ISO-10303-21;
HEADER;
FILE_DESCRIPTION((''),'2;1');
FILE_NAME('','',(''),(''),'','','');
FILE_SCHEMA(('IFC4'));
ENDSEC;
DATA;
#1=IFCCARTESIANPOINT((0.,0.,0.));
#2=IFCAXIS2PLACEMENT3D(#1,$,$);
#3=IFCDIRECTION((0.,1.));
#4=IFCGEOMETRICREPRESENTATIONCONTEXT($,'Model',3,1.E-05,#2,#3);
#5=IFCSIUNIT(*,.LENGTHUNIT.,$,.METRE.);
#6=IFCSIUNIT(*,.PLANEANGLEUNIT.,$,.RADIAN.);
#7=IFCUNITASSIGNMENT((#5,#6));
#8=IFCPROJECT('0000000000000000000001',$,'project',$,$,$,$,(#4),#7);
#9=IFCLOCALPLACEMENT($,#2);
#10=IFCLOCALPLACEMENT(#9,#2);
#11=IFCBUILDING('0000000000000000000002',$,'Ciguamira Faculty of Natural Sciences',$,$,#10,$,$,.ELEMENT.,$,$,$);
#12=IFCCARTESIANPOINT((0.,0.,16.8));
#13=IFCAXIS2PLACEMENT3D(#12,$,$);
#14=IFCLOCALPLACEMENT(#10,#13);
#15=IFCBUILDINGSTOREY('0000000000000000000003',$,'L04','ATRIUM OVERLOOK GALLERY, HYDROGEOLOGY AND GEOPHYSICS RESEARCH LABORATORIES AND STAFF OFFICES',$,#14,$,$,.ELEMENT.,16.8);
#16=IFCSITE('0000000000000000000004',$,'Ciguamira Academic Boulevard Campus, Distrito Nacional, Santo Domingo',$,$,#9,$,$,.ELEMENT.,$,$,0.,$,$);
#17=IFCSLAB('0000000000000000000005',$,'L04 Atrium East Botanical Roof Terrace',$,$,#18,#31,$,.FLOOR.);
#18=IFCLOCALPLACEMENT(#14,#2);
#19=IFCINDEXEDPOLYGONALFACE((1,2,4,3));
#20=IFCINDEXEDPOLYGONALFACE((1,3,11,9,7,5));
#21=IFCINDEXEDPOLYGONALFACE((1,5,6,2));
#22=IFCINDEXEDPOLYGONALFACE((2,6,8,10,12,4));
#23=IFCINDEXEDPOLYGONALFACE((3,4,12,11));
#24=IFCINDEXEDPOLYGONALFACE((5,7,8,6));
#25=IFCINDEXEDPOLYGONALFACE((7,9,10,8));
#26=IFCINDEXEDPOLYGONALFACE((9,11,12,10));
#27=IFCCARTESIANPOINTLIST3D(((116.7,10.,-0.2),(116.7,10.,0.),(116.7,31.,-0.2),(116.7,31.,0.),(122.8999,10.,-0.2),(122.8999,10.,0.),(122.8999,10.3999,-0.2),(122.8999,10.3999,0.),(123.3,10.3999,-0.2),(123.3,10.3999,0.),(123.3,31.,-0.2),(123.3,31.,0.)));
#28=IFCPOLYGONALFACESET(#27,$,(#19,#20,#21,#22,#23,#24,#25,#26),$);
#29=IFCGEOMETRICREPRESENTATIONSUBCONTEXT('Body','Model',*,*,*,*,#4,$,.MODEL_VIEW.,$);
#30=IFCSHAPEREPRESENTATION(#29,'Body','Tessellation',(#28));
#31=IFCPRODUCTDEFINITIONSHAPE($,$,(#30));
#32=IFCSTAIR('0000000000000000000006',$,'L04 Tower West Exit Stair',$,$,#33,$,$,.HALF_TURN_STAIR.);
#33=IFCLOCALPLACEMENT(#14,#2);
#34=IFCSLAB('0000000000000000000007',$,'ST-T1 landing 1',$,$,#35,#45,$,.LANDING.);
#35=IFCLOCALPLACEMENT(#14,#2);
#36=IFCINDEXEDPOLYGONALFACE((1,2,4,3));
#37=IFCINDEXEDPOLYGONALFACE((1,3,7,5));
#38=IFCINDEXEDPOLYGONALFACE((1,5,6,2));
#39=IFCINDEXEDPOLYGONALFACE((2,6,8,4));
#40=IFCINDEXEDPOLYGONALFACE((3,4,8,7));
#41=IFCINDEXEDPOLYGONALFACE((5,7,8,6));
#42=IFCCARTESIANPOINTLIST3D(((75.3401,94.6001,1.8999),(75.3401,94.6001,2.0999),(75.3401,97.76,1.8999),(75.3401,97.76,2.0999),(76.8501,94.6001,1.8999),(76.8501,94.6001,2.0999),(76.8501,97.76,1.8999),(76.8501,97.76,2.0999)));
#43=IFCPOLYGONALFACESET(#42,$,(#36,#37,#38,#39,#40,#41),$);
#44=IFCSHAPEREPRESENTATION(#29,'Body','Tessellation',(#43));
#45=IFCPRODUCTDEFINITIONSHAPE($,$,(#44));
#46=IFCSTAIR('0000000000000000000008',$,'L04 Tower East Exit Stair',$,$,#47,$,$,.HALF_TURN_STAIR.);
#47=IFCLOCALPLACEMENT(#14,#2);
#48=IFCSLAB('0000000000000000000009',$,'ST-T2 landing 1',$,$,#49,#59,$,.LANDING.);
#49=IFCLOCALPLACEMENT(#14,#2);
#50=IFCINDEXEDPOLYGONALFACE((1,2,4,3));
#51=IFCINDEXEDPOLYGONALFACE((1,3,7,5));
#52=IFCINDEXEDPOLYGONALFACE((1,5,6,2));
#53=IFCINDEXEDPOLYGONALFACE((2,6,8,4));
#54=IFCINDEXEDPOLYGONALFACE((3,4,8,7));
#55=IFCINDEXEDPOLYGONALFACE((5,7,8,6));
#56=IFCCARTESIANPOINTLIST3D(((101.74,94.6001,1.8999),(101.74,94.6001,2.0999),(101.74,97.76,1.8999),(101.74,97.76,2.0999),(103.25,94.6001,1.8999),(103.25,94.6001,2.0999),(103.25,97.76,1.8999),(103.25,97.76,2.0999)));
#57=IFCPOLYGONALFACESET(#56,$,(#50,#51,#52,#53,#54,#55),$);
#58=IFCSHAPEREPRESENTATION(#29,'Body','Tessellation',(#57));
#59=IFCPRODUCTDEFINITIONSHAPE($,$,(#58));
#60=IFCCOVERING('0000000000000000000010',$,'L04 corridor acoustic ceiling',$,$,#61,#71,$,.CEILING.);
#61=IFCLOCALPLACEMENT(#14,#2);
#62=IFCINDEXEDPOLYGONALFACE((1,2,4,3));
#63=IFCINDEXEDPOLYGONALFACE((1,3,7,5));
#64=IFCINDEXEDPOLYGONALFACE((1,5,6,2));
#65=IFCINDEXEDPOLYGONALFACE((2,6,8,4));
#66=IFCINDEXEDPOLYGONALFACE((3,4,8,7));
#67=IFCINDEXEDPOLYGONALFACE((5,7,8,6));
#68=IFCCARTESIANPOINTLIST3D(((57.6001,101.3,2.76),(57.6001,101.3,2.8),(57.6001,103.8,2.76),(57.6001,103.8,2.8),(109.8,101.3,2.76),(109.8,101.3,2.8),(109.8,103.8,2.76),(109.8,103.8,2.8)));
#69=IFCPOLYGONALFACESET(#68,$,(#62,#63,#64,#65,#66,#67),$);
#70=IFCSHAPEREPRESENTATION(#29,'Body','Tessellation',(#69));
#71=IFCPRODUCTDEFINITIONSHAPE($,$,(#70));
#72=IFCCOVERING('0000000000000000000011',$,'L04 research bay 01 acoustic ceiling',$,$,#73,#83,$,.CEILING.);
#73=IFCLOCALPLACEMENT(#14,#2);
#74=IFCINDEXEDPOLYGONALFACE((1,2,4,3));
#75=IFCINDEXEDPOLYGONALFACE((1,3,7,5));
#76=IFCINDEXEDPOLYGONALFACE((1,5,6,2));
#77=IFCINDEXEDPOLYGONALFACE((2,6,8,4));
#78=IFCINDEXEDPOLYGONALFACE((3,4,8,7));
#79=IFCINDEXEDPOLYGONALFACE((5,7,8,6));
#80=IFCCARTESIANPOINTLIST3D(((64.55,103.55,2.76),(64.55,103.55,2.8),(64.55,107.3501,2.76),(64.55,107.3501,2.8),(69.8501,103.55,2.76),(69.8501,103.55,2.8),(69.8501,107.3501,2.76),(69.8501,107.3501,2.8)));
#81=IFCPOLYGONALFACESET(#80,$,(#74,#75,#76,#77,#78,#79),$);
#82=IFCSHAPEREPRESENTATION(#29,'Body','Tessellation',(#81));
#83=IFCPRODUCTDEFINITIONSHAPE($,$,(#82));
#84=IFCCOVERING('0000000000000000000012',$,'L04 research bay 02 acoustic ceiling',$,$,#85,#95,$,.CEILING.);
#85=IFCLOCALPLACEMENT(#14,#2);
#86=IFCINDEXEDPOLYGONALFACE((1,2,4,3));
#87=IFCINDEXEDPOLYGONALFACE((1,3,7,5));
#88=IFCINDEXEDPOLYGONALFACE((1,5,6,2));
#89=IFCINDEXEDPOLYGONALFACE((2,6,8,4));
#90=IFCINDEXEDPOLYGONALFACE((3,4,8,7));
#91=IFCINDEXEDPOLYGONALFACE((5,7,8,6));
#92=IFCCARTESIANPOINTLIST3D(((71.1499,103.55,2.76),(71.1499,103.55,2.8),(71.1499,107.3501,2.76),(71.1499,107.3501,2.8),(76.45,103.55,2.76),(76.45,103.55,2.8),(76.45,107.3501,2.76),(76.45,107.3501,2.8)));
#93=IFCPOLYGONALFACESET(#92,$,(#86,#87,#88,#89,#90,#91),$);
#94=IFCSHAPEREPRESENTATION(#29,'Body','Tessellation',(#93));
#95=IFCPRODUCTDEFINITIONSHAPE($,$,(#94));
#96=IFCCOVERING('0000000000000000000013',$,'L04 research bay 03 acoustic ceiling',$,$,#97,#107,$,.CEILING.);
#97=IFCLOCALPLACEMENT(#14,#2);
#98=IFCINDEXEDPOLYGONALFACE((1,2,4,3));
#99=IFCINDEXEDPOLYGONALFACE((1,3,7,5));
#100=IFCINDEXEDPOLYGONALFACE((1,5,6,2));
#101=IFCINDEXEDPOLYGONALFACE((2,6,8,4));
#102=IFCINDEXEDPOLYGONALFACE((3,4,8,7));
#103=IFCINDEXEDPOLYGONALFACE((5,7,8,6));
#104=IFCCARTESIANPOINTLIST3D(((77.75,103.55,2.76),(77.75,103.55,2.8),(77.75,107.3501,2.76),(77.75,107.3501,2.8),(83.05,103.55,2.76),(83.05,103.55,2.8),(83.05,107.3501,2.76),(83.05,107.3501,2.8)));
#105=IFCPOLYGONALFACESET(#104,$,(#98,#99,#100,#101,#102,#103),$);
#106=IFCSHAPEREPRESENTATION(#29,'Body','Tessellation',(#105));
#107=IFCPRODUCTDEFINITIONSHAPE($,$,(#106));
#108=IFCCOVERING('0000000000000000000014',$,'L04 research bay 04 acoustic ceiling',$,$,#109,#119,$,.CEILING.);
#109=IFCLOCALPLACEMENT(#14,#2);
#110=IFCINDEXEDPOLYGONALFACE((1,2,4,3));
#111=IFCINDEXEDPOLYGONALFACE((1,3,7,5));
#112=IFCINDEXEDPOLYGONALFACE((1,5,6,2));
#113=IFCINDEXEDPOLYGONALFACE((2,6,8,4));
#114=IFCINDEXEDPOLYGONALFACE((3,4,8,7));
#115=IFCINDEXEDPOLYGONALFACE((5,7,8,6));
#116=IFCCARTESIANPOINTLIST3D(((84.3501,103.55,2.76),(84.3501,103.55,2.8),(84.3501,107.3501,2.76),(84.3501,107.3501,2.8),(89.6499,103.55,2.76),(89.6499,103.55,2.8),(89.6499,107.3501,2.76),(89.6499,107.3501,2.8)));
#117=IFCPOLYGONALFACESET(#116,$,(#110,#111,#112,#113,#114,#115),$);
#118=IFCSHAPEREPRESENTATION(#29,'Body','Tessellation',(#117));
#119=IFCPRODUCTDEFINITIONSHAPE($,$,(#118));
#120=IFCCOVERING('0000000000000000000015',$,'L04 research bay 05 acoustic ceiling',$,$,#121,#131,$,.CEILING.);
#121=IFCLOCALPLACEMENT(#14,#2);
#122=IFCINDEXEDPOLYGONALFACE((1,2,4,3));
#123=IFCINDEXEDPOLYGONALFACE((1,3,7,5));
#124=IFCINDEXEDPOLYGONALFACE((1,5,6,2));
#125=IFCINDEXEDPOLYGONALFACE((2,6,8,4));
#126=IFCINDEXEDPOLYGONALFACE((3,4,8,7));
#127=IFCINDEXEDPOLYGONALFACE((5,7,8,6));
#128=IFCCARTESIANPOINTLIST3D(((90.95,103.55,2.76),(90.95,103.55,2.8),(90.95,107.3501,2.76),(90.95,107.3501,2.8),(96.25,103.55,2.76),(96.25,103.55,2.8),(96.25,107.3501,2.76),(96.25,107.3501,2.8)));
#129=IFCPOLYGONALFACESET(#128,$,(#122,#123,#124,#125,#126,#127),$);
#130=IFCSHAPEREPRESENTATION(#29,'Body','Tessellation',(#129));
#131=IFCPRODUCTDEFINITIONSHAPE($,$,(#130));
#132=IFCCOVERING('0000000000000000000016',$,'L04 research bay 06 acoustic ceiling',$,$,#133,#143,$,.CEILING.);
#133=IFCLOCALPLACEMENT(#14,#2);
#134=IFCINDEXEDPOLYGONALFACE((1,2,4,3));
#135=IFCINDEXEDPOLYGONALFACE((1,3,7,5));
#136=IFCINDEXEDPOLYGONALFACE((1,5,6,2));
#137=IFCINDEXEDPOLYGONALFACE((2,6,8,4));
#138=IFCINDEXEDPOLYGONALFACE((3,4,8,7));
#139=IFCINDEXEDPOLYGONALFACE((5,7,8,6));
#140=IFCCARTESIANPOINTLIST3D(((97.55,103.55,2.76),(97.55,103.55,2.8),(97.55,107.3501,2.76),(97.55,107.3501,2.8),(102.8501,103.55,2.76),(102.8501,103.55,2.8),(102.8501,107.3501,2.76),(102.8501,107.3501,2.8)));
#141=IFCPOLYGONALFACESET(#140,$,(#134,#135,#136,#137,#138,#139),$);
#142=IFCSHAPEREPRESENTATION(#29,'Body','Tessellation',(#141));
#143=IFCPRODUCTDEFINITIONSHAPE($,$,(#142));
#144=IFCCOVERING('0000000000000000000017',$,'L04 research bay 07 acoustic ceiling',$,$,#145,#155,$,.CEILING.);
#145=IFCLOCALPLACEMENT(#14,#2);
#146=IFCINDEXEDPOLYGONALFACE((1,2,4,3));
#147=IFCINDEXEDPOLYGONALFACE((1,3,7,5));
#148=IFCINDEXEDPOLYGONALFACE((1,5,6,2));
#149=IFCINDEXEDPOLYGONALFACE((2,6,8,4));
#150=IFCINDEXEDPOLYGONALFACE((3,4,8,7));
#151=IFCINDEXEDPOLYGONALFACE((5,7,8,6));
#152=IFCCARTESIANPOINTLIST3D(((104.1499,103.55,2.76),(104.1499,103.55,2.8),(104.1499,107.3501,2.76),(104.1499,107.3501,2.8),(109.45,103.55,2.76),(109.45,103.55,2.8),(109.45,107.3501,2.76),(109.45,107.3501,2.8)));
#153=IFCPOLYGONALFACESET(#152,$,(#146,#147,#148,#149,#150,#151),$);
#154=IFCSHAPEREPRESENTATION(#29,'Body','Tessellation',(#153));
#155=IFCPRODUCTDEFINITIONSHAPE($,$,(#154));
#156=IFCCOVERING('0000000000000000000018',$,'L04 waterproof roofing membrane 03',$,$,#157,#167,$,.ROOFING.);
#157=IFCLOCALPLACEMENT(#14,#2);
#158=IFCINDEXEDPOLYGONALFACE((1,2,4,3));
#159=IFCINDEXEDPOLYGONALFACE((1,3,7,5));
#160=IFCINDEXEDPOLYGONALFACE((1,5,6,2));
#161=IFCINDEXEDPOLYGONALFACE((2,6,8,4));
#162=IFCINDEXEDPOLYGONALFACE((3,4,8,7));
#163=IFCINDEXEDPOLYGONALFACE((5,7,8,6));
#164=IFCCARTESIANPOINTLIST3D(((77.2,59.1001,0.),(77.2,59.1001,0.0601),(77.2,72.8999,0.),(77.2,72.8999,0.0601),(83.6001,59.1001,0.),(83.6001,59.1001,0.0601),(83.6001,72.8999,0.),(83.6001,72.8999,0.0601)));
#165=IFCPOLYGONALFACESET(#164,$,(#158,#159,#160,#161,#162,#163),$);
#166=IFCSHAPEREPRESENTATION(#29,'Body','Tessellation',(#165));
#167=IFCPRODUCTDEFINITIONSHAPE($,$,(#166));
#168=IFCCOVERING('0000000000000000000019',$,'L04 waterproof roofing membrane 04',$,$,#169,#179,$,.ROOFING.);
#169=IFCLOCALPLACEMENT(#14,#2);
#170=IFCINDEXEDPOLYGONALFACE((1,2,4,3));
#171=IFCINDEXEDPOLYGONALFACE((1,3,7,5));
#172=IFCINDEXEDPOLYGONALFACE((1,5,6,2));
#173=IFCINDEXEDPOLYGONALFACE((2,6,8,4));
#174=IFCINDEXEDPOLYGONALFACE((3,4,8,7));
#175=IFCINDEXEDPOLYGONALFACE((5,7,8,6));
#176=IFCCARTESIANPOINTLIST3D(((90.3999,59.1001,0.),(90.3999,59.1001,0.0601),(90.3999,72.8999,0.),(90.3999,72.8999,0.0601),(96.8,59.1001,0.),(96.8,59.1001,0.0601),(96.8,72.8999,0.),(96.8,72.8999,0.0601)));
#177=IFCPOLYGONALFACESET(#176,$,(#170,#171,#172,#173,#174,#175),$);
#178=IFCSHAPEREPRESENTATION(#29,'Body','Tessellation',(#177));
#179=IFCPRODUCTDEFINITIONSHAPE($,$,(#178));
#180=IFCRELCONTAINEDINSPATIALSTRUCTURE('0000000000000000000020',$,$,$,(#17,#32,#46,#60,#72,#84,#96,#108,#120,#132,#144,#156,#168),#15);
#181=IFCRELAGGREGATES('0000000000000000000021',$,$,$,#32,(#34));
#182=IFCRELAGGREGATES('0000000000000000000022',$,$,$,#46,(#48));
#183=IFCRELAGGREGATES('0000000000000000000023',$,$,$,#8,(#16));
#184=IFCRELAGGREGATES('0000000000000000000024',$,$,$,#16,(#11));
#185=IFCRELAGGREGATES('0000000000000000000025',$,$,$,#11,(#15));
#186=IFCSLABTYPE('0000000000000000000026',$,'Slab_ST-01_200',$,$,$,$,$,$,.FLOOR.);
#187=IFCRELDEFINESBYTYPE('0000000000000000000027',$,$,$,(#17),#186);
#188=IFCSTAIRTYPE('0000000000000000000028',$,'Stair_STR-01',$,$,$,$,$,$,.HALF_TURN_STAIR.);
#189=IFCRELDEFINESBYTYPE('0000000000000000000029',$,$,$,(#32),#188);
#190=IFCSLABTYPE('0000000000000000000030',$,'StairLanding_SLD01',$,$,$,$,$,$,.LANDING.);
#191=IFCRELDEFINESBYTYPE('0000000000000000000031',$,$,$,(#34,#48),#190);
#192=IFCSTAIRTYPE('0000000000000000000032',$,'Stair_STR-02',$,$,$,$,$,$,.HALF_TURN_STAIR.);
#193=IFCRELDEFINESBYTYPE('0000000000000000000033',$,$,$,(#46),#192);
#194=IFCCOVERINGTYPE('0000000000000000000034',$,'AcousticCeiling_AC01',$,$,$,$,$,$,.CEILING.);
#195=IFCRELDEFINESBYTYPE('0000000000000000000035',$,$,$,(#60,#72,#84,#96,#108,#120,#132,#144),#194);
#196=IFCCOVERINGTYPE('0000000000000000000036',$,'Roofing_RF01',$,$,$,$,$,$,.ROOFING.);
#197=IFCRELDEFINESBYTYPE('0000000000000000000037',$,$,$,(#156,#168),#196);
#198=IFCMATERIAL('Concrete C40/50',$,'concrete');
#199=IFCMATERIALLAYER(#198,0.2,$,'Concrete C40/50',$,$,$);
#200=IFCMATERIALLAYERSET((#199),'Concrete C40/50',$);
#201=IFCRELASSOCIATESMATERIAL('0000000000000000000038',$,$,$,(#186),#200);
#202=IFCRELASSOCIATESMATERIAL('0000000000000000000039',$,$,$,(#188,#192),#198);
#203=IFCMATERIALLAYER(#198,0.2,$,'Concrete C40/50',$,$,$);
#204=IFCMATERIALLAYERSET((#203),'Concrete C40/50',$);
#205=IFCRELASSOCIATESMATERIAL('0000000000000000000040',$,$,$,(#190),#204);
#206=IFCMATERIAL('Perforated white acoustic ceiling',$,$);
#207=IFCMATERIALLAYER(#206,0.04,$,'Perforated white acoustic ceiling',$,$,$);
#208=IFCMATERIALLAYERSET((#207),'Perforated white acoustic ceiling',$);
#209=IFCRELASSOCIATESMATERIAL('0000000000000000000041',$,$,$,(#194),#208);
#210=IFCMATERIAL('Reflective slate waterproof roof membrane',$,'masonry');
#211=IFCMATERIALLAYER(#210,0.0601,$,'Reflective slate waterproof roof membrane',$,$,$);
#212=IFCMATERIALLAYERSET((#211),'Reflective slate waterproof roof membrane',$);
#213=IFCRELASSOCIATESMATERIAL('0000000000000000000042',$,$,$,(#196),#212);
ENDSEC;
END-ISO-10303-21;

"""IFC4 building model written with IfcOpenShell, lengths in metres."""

from ifc_helpers import new_model, si_unit, direction, frame, origin, place, context, subcontext, project, spatial, polyline, outline, extrude, material, layer, layer_set, type_object, element, aggregate, save


model = new_model("IFC4")

# Units and contexts
model_context = context("Model", 3, precision=1e-05, world=origin(), true_north=direction((0.0, 1.0)))
body_context = subcontext(model_context, "Body", "Model", "MODEL_VIEW")
ifc_project = project(units=[si_unit("LENGTHUNIT", "METRE"), si_unit("PLANEANGLEUNIT", "RADIAN")], contexts=[model_context])

# Site, building, storey
site_placement = place(None, origin())
site = spatial("IfcSite", under=ifc_project, at=site_placement, Name="Ciguamira Academic Boulevard Campus, Distrito Nacional, Santo Domingo", CompositionType="ELEMENT", RefElevation=0.0)
building_placement = place(site_placement, origin())
building = spatial("IfcBuilding", under=site, at=building_placement, Name="Ciguamira Faculty of Natural Sciences", CompositionType="ELEMENT")
storey_placement = place(building_placement, frame((0.0, 0.0, 16.8)))
storey = spatial("IfcBuildingStorey", under=building, at=storey_placement, Name="L04", Description="ATRIUM OVERLOOK GALLERY, HYDROGEOLOGY AND GEOPHYSICS RESEARCH LABORATORIES AND STAFF OFFICES", CompositionType="ELEMENT", Elevation=16.8)

# Shared definitions
ifc_material_1 = material(Name="Concrete C40/50", Category="concrete")

# Slab
ifc_layer_1 = layer(ifc_material_1, 0.2, Name="Concrete C40/50")
ifc_layer_set_1 = layer_set([ifc_layer_1], Name="Concrete C40/50")
slab_type_1 = type_object("IfcSlabType", Name="Slab_ST-01_200", PredefinedType="FLOOR", material=ifc_layer_set_1)
slab_1_placement = place(storey_placement, frame((0.0, 0.0, -0.2)))
element("IfcSlab", 1, at=slab_1_placement, inside=storey, type_object=slab_type_1, Name="L04 Atrium East Botanical Roof Terrace", PredefinedType="FLOOR", context=body_context, shape_type="SweptSolid", body=[
    extrude(outline(polyline([(116.7, 10.0), (122.8999, 10.0), (122.8999, 10.3999), (123.3, 10.3999), (123.3, 31.0), (116.7, 31.0), (116.7, 10.0)])), origin(), (0.0, 0.0, 1.0), 0.2),
])

# Stairs, slabs
stair_type_1 = type_object("IfcStairType", Name="Stair_STR-01", PredefinedType="HALF_TURN_STAIR", material=ifc_material_1)
stair_1_placement = place(storey_placement, origin())
stair_1 = element("IfcStair", 2, at=stair_1_placement, inside=storey, type_object=stair_type_1, Name="L04 Tower West Exit Stair", PredefinedType="HALF_TURN_STAIR")
ifc_layer_2 = layer(ifc_material_1, 0.2, Name="Concrete C40/50")
ifc_layer_set_2 = layer_set([ifc_layer_2], Name="Concrete C40/50")
slab_type_2 = type_object("IfcSlabType", Name="StairLanding_SLD01", PredefinedType="LANDING", material=ifc_layer_set_2)
slab_2_placement = place(storey_placement, frame((0.0, 0.0, 1.8999)))
slab_2 = element("IfcSlab", 3, at=slab_2_placement, type_object=slab_type_2, Name="ST-T1 landing 1", PredefinedType="LANDING", context=body_context, shape_type="SweptSolid", body=[
    extrude(outline(polyline([(75.3401, 94.6001), (76.8501, 94.6001), (76.8501, 97.76), (75.3401, 97.76), (75.3401, 94.6001)])), origin(), (0.0, 0.0, 1.0), 0.2),
])
aggregate(stair_1, [slab_2])
stair_type_2 = type_object("IfcStairType", Name="Stair_STR-02", PredefinedType="HALF_TURN_STAIR", material=ifc_material_1)
stair_2_placement = place(storey_placement, origin())
stair_2 = element("IfcStair", 4, at=stair_2_placement, inside=storey, type_object=stair_type_2, Name="L04 Tower East Exit Stair", PredefinedType="HALF_TURN_STAIR")
slab_3_placement = place(storey_placement, frame((0.0, 0.0, 1.8999)))
slab_3 = element("IfcSlab", 5, at=slab_3_placement, type_object=slab_type_2, Name="ST-T2 landing 1", PredefinedType="LANDING", context=body_context, shape_type="SweptSolid", body=[
    extrude(outline(polyline([(101.74, 94.6001), (103.25, 94.6001), (103.25, 97.76), (101.74, 97.76), (101.74, 94.6001)])), origin(), (0.0, 0.0, 1.0), 0.2),
])
aggregate(stair_2, [slab_3])

# Coverings
ifc_material_2 = material(Name="Perforated white acoustic ceiling")
ifc_layer_3 = layer(ifc_material_2, 0.04, Name="Perforated white acoustic ceiling")
ifc_layer_set_3 = layer_set([ifc_layer_3], Name="Perforated white acoustic ceiling")
covering_type_1 = type_object("IfcCoveringType", Name="AcousticCeiling_AC01", PredefinedType="CEILING", material=ifc_layer_set_3)
covering_1_placement = place(storey_placement, frame((0.0, 0.0, 2.76)))
element("IfcCovering", 6, at=covering_1_placement, inside=storey, type_object=covering_type_1, Name="L04 corridor acoustic ceiling", PredefinedType="CEILING", context=body_context, shape_type="SweptSolid", body=[
    extrude(outline(polyline([(57.6001, 101.3), (109.8, 101.3), (109.8, 103.8), (57.6001, 103.8), (57.6001, 101.3)])), origin(), (0.0, 0.0, 1.0), 0.04),
])
covering_2_placement = place(storey_placement, frame((0.0, 0.0, 2.76)))
element("IfcCovering", 7, at=covering_2_placement, inside=storey, type_object=covering_type_1, Name="L04 research bay 01 acoustic ceiling", PredefinedType="CEILING", context=body_context, shape_type="SweptSolid", body=[
    extrude(outline(polyline([(64.55, 103.55), (69.8501, 103.55), (69.8501, 107.3501), (64.55, 107.3501), (64.55, 103.55)])), origin(), (0.0, 0.0, 1.0), 0.04),
])
covering_3_placement = place(storey_placement, frame((0.0, 0.0, 2.76)))
element("IfcCovering", 8, at=covering_3_placement, inside=storey, type_object=covering_type_1, Name="L04 research bay 02 acoustic ceiling", PredefinedType="CEILING", context=body_context, shape_type="SweptSolid", body=[
    extrude(outline(polyline([(71.1499, 103.55), (76.45, 103.55), (76.45, 107.3501), (71.1499, 107.3501), (71.1499, 103.55)])), origin(), (0.0, 0.0, 1.0), 0.04),
])
covering_4_placement = place(storey_placement, frame((0.0, 0.0, 2.76)))
element("IfcCovering", 9, at=covering_4_placement, inside=storey, type_object=covering_type_1, Name="L04 research bay 03 acoustic ceiling", PredefinedType="CEILING", context=body_context, shape_type="SweptSolid", body=[
    extrude(outline(polyline([(77.75, 103.55), (83.05, 103.55), (83.05, 107.3501), (77.75, 107.3501), (77.75, 103.55)])), origin(), (0.0, 0.0, 1.0), 0.04),
])
covering_5_placement = place(storey_placement, frame((0.0, 0.0, 2.76)))
element("IfcCovering", 10, at=covering_5_placement, inside=storey, type_object=covering_type_1, Name="L04 research bay 04 acoustic ceiling", PredefinedType="CEILING", context=body_context, shape_type="SweptSolid", body=[
    extrude(outline(polyline([(84.3501, 103.55), (89.6499, 103.55), (89.6499, 107.3501), (84.3501, 107.3501), (84.3501, 103.55)])), origin(), (0.0, 0.0, 1.0), 0.04),
])
covering_6_placement = place(storey_placement, frame((0.0, 0.0, 2.76)))
element("IfcCovering", 11, at=covering_6_placement, inside=storey, type_object=covering_type_1, Name="L04 research bay 05 acoustic ceiling", PredefinedType="CEILING", context=body_context, shape_type="SweptSolid", body=[
    extrude(outline(polyline([(90.95, 103.55), (96.25, 103.55), (96.25, 107.3501), (90.95, 107.3501), (90.95, 103.55)])), origin(), (0.0, 0.0, 1.0), 0.04),
])
covering_7_placement = place(storey_placement, frame((0.0, 0.0, 2.76)))
element("IfcCovering", 12, at=covering_7_placement, inside=storey, type_object=covering_type_1, Name="L04 research bay 06 acoustic ceiling", PredefinedType="CEILING", context=body_context, shape_type="SweptSolid", body=[
    extrude(outline(polyline([(97.55, 103.55), (102.8501, 103.55), (102.8501, 107.3501), (97.55, 107.3501), (97.55, 103.55)])), origin(), (0.0, 0.0, 1.0), 0.04),
])
covering_8_placement = place(storey_placement, frame((0.0, 0.0, 2.76)))
element("IfcCovering", 13, at=covering_8_placement, inside=storey, type_object=covering_type_1, Name="L04 research bay 07 acoustic ceiling", PredefinedType="CEILING", context=body_context, shape_type="SweptSolid", body=[
    extrude(outline(polyline([(104.1499, 103.55), (109.45, 103.55), (109.45, 107.3501), (104.1499, 107.3501), (104.1499, 103.55)])), origin(), (0.0, 0.0, 1.0), 0.04),
])
ifc_material_3 = material(Name="Reflective slate waterproof roof membrane", Category="masonry")
ifc_layer_4 = layer(ifc_material_3, 0.0601, Name="Reflective slate waterproof roof membrane")
ifc_layer_set_4 = layer_set([ifc_layer_4], Name="Reflective slate waterproof roof membrane")
covering_type_2 = type_object("IfcCoveringType", Name="Roofing_RF01", PredefinedType="ROOFING", material=ifc_layer_set_4)
covering_9_placement = place(storey_placement, origin())
element("IfcCovering", 14, at=covering_9_placement, inside=storey, type_object=covering_type_2, Name="L04 waterproof roofing membrane 03", PredefinedType="ROOFING", context=body_context, shape_type="SweptSolid", body=[
    extrude(outline(polyline([(77.2, 59.1001), (83.6001, 59.1001), (83.6001, 72.8999), (77.2, 72.8999), (77.2, 59.1001)])), origin(), (0.0, 0.0, 1.0), 0.0601),
])
covering_10_placement = place(storey_placement, origin())
element("IfcCovering", 15, at=covering_10_placement, inside=storey, type_object=covering_type_2, Name="L04 waterproof roofing membrane 04", PredefinedType="ROOFING", context=body_context, shape_type="SweptSolid", body=[
    extrude(outline(polyline([(90.3999, 59.1001), (96.8, 59.1001), (96.8, 72.8999), (90.3999, 72.8999), (90.3999, 59.1001)])), origin(), (0.0, 0.0, 1.0), 0.0601),
])

save(model, "model.ifc")
